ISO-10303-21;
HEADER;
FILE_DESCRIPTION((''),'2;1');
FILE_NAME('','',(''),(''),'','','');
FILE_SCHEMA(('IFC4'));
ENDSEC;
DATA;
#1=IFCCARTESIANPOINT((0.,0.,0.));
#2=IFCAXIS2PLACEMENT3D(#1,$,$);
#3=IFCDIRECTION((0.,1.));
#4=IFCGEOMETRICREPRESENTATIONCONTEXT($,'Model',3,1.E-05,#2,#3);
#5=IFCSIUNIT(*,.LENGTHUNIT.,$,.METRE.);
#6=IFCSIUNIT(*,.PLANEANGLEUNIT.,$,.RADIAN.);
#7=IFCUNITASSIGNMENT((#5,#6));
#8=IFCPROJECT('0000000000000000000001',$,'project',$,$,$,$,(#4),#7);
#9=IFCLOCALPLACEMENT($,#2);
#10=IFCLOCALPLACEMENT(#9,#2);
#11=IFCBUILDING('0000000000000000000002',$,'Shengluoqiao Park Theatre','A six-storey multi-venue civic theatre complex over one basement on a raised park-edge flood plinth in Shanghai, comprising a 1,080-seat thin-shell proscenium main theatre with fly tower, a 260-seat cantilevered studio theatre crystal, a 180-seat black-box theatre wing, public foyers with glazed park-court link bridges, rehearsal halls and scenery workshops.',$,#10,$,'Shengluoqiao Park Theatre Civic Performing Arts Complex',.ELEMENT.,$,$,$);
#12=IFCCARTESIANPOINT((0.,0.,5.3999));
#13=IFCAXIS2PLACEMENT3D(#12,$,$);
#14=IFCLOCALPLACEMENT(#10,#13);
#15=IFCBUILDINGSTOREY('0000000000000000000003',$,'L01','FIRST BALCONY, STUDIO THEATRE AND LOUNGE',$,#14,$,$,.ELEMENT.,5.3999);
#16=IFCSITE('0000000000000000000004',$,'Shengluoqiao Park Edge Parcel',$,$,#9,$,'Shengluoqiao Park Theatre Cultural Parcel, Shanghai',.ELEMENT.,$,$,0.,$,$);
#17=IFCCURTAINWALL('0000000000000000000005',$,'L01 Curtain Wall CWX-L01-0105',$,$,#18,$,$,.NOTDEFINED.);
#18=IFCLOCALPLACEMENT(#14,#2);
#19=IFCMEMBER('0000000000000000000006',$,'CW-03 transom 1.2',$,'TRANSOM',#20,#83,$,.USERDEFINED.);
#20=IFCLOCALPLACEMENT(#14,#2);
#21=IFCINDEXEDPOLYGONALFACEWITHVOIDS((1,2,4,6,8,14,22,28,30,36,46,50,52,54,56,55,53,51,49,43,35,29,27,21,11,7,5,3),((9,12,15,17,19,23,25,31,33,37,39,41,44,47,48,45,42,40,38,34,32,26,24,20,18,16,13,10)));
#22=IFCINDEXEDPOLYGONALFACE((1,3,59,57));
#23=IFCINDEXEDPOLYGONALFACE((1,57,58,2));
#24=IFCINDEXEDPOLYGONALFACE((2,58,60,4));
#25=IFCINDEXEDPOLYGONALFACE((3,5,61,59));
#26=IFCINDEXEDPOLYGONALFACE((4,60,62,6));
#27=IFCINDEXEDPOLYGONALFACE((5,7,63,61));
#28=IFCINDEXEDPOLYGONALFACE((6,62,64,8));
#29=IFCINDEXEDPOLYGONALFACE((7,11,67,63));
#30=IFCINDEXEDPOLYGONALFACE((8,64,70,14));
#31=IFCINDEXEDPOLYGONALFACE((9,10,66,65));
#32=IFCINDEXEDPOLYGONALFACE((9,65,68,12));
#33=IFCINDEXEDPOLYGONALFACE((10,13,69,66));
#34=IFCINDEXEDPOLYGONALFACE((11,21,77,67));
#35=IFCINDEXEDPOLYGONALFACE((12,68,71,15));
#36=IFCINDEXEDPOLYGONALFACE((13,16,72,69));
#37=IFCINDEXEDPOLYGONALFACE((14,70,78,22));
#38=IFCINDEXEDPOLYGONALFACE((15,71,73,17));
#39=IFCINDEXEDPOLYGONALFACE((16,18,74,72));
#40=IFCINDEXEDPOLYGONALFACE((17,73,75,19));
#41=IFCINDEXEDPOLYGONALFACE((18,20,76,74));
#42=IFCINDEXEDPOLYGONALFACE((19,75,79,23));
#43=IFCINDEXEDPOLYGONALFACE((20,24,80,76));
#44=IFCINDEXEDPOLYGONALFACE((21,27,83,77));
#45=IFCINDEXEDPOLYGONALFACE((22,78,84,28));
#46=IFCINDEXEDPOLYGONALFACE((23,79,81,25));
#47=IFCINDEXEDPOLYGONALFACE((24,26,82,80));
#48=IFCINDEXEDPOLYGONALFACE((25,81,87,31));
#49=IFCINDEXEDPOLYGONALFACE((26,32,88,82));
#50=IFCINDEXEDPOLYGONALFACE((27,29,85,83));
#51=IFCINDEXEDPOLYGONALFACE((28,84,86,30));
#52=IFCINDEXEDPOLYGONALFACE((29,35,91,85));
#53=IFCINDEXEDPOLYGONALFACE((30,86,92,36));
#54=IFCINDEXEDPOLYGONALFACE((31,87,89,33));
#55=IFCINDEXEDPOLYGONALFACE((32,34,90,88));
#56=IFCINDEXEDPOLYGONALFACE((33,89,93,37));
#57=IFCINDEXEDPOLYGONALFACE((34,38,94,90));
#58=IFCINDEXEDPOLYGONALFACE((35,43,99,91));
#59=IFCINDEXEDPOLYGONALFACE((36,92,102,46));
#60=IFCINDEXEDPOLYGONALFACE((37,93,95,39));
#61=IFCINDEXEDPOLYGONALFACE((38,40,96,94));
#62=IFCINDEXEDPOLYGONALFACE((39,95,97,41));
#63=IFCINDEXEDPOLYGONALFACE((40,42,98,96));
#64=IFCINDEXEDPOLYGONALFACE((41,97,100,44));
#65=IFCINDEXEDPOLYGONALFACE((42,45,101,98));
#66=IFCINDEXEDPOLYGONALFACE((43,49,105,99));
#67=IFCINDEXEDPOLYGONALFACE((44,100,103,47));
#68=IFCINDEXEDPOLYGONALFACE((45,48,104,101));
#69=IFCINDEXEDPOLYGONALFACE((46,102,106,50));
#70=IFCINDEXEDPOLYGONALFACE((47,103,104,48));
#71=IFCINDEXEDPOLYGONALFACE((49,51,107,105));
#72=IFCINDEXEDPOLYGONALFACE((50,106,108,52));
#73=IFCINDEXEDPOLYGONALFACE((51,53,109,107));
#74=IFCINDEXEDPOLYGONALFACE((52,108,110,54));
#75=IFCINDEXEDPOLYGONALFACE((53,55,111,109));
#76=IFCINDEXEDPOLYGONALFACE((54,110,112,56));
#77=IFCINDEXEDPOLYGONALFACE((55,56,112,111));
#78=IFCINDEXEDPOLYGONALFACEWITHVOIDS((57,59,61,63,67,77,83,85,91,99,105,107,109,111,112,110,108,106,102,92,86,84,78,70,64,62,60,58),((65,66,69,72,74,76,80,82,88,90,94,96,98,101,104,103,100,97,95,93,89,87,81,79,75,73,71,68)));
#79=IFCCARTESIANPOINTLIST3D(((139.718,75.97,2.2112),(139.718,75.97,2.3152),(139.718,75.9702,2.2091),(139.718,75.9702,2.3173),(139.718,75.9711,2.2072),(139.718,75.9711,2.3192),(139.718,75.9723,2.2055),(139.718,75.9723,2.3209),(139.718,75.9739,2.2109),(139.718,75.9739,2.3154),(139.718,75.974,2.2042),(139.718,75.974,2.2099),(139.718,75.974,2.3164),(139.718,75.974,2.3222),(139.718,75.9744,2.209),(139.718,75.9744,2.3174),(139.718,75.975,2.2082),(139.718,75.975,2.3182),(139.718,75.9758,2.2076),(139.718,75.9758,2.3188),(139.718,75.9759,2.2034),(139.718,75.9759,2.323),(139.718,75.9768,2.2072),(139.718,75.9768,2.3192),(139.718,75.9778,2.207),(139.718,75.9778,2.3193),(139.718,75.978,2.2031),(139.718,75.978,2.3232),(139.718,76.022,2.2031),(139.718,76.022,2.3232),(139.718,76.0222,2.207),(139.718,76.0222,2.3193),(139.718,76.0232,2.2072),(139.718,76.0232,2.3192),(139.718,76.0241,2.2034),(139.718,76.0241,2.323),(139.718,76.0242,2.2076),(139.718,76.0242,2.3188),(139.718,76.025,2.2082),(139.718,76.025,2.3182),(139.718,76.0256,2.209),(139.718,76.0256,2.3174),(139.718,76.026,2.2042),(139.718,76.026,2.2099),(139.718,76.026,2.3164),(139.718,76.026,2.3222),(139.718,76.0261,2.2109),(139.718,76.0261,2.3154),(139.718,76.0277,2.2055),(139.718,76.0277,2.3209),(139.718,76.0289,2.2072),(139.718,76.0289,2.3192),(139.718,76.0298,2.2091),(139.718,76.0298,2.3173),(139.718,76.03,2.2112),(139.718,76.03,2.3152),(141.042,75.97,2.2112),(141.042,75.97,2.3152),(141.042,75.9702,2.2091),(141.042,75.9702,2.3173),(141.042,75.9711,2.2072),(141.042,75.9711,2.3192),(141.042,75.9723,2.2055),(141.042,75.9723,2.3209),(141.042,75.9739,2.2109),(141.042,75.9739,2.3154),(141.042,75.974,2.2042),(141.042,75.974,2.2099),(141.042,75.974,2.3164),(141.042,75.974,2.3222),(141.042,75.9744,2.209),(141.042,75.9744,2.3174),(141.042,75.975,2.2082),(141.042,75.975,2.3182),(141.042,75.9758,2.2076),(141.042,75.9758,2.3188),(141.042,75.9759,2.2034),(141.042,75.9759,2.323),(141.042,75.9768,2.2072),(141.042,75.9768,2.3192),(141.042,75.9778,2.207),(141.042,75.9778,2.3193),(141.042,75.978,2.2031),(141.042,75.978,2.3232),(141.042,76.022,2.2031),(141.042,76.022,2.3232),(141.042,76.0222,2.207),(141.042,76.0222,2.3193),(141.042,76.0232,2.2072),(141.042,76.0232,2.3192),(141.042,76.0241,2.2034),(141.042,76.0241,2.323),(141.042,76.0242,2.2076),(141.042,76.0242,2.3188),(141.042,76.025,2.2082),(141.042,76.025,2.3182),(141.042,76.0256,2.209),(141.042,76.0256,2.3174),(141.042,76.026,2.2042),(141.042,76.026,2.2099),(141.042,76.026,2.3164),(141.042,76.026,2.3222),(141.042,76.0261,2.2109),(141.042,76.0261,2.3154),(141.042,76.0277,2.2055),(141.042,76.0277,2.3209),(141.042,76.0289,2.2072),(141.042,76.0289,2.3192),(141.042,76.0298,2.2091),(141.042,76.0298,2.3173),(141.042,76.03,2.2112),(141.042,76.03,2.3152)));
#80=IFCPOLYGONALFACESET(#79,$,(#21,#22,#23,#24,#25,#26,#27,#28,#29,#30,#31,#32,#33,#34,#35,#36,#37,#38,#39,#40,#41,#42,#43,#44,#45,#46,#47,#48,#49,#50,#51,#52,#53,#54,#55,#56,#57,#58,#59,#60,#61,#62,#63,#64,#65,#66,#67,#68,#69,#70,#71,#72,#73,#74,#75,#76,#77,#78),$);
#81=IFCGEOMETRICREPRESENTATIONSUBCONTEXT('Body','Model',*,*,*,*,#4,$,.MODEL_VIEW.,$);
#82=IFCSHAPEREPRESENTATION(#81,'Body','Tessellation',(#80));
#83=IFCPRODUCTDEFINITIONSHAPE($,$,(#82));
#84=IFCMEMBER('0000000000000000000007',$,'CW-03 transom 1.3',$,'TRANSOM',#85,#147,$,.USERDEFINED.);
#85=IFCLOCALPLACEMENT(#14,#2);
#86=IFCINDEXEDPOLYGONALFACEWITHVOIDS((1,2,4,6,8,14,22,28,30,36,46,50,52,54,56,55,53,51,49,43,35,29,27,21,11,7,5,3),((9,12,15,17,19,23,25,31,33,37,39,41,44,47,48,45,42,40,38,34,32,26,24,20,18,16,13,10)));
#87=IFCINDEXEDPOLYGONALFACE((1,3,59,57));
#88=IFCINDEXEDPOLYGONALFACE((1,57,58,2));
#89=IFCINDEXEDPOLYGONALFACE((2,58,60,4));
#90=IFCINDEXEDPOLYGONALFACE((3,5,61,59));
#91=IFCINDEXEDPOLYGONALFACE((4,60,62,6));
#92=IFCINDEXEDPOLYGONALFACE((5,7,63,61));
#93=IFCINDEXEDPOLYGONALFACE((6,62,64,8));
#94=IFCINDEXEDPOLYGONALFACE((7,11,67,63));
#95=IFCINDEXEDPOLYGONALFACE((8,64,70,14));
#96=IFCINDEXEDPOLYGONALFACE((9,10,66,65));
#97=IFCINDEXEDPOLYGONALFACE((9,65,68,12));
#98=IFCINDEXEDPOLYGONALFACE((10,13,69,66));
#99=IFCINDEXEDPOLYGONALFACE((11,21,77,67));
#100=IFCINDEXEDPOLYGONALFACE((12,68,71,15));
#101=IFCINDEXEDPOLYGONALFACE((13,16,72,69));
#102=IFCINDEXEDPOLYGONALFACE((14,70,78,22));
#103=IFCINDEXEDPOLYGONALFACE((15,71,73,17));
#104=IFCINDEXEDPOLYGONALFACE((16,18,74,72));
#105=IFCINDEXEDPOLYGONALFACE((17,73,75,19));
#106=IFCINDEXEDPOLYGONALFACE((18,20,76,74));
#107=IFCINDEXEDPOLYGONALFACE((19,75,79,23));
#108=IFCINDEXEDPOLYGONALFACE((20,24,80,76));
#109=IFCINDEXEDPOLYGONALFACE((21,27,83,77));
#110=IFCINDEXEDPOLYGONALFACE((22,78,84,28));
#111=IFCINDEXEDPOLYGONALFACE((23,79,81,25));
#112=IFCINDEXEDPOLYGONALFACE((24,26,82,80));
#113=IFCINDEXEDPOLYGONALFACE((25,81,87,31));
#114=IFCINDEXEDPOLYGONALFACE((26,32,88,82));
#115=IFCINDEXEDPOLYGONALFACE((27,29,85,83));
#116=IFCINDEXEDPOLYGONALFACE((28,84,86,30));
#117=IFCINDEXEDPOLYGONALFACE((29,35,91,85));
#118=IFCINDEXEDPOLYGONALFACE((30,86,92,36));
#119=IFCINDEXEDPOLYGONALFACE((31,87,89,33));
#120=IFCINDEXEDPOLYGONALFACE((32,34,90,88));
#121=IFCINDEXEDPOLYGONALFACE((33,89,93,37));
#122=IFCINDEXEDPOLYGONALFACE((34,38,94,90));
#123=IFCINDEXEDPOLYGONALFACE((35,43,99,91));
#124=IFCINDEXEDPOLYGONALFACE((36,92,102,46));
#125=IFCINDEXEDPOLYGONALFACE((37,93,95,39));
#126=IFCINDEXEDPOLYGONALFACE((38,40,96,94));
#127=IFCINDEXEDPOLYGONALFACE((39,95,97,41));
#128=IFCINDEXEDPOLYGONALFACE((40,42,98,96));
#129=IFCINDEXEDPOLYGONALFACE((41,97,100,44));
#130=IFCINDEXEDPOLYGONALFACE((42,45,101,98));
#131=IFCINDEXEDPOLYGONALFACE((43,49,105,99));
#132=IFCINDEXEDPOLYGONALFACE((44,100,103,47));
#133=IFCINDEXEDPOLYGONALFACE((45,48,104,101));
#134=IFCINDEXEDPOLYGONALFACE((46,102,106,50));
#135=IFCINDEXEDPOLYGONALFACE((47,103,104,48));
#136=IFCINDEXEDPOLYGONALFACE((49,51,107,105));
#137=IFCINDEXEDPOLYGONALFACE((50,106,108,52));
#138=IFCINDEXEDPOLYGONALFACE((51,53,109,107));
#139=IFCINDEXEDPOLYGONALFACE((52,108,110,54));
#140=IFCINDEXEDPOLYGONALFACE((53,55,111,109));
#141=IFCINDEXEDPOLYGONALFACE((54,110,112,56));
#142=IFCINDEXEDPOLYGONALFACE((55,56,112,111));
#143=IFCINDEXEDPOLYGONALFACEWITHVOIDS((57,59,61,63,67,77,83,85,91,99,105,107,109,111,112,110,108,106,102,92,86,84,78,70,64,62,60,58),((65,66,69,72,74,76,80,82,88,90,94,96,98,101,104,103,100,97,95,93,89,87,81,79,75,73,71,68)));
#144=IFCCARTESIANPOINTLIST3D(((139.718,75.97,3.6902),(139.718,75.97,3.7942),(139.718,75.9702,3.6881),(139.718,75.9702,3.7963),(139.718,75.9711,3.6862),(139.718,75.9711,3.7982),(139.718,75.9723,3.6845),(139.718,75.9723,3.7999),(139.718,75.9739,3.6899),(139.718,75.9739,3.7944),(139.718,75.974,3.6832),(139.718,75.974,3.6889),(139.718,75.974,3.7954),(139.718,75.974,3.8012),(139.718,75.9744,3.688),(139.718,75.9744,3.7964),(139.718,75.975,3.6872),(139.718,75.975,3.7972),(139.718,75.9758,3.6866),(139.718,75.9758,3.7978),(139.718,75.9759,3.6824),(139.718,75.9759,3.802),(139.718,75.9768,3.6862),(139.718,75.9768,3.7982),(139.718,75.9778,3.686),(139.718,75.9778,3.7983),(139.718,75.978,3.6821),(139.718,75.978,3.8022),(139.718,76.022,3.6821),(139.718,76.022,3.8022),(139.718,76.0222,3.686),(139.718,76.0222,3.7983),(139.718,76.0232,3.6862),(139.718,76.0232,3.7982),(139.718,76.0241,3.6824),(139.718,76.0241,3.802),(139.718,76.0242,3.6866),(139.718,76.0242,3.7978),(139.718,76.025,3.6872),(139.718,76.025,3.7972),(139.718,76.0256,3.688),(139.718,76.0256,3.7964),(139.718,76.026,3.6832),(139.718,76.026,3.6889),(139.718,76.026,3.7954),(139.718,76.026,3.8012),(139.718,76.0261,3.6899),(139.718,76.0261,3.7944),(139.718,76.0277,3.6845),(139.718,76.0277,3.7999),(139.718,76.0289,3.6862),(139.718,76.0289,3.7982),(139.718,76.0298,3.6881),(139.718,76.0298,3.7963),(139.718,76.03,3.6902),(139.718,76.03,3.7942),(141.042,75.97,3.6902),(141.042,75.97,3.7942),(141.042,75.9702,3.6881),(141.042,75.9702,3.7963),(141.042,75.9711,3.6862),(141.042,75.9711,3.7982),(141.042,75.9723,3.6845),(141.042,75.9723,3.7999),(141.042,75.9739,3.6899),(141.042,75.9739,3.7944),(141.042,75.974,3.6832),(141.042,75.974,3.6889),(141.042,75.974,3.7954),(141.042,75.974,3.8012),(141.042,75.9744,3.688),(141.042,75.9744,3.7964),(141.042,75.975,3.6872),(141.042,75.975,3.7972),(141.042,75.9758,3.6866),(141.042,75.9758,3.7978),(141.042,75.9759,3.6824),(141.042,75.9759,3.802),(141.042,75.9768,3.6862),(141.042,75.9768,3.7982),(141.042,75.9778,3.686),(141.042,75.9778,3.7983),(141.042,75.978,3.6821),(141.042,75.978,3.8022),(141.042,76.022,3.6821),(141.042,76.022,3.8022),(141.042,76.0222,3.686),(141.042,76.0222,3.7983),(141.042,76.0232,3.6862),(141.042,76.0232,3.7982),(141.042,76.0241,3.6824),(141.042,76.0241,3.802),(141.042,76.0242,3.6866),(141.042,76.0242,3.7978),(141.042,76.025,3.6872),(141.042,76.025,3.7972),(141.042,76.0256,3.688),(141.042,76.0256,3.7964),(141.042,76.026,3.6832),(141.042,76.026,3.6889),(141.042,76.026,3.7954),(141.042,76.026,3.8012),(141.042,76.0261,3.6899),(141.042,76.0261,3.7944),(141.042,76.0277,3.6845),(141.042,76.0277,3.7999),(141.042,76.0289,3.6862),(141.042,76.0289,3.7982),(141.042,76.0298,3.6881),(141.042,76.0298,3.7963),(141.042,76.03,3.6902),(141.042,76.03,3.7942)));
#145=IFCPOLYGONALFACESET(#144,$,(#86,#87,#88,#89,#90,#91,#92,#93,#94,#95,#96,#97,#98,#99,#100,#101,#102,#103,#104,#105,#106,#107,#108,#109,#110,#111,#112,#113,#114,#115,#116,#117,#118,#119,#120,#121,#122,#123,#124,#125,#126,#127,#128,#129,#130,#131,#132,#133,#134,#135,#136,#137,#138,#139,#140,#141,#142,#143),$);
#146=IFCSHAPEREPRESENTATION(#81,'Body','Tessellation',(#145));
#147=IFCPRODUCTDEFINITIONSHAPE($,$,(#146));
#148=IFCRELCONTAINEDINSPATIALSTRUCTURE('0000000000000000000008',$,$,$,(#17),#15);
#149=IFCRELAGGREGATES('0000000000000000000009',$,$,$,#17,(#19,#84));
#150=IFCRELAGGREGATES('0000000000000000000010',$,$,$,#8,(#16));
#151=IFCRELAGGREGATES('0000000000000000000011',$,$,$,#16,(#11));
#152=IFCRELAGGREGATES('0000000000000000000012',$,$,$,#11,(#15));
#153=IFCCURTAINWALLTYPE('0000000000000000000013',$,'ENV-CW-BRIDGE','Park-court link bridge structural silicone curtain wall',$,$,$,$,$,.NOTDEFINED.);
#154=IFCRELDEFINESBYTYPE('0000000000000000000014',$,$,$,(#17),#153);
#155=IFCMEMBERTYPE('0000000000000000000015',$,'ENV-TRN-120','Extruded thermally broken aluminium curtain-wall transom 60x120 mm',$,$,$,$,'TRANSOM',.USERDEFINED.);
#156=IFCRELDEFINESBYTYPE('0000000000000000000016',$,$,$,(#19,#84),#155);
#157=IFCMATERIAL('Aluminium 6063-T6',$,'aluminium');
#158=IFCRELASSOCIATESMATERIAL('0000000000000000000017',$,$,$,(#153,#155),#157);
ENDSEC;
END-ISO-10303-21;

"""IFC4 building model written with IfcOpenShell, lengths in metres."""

from ifc_helpers import new_model, si_unit, direction, frame, origin, origin_2d, place, context, subcontext, project, spatial, hollow_rectangle, extrude, material, material_profile, profile_set, type_object, element, aggregate, save


model = new_model("IFC4")

# Units and contexts
model_context = context("Model", 3, precision=1e-05, world=origin(), true_north=direction((0.0, 1.0)))
body_context = subcontext(model_context, "Body", "Model", "MODEL_VIEW")
ifc_project = project(units=[si_unit("LENGTHUNIT", "METRE"), si_unit("PLANEANGLEUNIT", "RADIAN")], contexts=[model_context])

# Site, building, storey
site_placement = place(None, origin())
site = spatial("IfcSite", under=ifc_project, at=site_placement, Name="Shengluoqiao Park Edge Parcel", LongName="Shengluoqiao Park Theatre Cultural Parcel, Shanghai", CompositionType="ELEMENT", RefElevation=0.0)
building_placement = place(site_placement, origin())
building = spatial("IfcBuilding", under=site, at=building_placement, Name="Shengluoqiao Park Theatre", Description="A six-storey multi-venue civic theatre complex over one basement on a raised park-edge flood plinth in Shanghai, comprising a 1,080-seat thin-shell proscenium main theatre with fly tower, a 260-seat cantilevered studio theatre crystal, a 180-seat black-box theatre wing, public foyers with glazed park-court link bridges, rehearsal halls and scenery workshops.", LongName="Shengluoqiao Park Theatre Civic Performing Arts Complex", CompositionType="ELEMENT")
storey_placement = place(building_placement, frame((0.0, 0.0, 5.3999)))
storey = spatial("IfcBuildingStorey", under=building, at=storey_placement, Name="L01", Description="FIRST BALCONY, STUDIO THEATRE AND LOUNGE", CompositionType="ELEMENT", Elevation=5.3999)

# Curtain wall, members
ifc_material_1 = material(Name="Aluminium 6063-T6", Category="aluminium")
curtain_wall_type = type_object("IfcCurtainWallType", Name="ENV-CW-BRIDGE", Description="Park-court link bridge structural silicone curtain wall", PredefinedType="NOTDEFINED", material=ifc_material_1)
curtain_wall_placement = place(storey_placement, origin())
curtain_wall = element("IfcCurtainWall", 1, at=curtain_wall_placement, inside=storey, type_object=curtain_wall_type, Name="L01 Curtain Wall CWX-L01-0105", PredefinedType="NOTDEFINED")
ifc_material_profile_1 = material_profile(ifc_material_1, hollow_rectangle(XDim=0.0601, YDim=0.1201, WallThickness=0.0039, InnerFilletRadius=0.0039, OuterFilletRadius=0.0081, at=origin_2d()), Name="ALU TRANSOM 120x60x4")
ifc_profile_set_1 = profile_set([ifc_material_profile_1], Name="Aluminium 6063-T6")
member_type_1 = type_object("IfcMemberType", Name="ENV-TRN-120", Description="Extruded thermally broken aluminium curtain-wall transom 60x120 mm", ElementType="TRANSOM", PredefinedType="USERDEFINED", material=ifc_profile_set_1)
member_1_placement = place(storey_placement, frame((139.718, 76.0, 2.2632), z_axis=(1.0, 0.0, 0.0), x_axis=(0.0, 1.0, 0.0)))
member_1 = element("IfcMember", 2, at=member_1_placement, type_object=member_type_1, Name="CW-03 transom 1.2", ObjectType="TRANSOM", PredefinedType="USERDEFINED", context=body_context, shape_type="SweptSolid", body=[
    extrude(hollow_rectangle(XDim=0.0601, YDim=0.1201, WallThickness=0.0039, InnerFilletRadius=0.0039, OuterFilletRadius=0.0081, at=origin_2d()), origin(), (0.0, 0.0, 1.0), 1.324),
])
member_2_placement = place(storey_placement, frame((139.718, 76.0, 3.7422), z_axis=(1.0, 0.0, 0.0), x_axis=(0.0, 1.0, 0.0)))
member_2 = element("IfcMember", 3, at=member_2_placement, type_object=member_type_1, Name="CW-03 transom 1.3", ObjectType="TRANSOM", PredefinedType="USERDEFINED", context=body_context, shape_type="SweptSolid", body=[
    extrude(hollow_rectangle(XDim=0.0601, YDim=0.1201, WallThickness=0.0039, InnerFilletRadius=0.0039, OuterFilletRadius=0.0081, at=origin_2d()), origin(), (0.0, 0.0, 1.0), 1.324),
])

aggregate(curtain_wall, [member_1, member_2])

save(model, "model.ifc")
